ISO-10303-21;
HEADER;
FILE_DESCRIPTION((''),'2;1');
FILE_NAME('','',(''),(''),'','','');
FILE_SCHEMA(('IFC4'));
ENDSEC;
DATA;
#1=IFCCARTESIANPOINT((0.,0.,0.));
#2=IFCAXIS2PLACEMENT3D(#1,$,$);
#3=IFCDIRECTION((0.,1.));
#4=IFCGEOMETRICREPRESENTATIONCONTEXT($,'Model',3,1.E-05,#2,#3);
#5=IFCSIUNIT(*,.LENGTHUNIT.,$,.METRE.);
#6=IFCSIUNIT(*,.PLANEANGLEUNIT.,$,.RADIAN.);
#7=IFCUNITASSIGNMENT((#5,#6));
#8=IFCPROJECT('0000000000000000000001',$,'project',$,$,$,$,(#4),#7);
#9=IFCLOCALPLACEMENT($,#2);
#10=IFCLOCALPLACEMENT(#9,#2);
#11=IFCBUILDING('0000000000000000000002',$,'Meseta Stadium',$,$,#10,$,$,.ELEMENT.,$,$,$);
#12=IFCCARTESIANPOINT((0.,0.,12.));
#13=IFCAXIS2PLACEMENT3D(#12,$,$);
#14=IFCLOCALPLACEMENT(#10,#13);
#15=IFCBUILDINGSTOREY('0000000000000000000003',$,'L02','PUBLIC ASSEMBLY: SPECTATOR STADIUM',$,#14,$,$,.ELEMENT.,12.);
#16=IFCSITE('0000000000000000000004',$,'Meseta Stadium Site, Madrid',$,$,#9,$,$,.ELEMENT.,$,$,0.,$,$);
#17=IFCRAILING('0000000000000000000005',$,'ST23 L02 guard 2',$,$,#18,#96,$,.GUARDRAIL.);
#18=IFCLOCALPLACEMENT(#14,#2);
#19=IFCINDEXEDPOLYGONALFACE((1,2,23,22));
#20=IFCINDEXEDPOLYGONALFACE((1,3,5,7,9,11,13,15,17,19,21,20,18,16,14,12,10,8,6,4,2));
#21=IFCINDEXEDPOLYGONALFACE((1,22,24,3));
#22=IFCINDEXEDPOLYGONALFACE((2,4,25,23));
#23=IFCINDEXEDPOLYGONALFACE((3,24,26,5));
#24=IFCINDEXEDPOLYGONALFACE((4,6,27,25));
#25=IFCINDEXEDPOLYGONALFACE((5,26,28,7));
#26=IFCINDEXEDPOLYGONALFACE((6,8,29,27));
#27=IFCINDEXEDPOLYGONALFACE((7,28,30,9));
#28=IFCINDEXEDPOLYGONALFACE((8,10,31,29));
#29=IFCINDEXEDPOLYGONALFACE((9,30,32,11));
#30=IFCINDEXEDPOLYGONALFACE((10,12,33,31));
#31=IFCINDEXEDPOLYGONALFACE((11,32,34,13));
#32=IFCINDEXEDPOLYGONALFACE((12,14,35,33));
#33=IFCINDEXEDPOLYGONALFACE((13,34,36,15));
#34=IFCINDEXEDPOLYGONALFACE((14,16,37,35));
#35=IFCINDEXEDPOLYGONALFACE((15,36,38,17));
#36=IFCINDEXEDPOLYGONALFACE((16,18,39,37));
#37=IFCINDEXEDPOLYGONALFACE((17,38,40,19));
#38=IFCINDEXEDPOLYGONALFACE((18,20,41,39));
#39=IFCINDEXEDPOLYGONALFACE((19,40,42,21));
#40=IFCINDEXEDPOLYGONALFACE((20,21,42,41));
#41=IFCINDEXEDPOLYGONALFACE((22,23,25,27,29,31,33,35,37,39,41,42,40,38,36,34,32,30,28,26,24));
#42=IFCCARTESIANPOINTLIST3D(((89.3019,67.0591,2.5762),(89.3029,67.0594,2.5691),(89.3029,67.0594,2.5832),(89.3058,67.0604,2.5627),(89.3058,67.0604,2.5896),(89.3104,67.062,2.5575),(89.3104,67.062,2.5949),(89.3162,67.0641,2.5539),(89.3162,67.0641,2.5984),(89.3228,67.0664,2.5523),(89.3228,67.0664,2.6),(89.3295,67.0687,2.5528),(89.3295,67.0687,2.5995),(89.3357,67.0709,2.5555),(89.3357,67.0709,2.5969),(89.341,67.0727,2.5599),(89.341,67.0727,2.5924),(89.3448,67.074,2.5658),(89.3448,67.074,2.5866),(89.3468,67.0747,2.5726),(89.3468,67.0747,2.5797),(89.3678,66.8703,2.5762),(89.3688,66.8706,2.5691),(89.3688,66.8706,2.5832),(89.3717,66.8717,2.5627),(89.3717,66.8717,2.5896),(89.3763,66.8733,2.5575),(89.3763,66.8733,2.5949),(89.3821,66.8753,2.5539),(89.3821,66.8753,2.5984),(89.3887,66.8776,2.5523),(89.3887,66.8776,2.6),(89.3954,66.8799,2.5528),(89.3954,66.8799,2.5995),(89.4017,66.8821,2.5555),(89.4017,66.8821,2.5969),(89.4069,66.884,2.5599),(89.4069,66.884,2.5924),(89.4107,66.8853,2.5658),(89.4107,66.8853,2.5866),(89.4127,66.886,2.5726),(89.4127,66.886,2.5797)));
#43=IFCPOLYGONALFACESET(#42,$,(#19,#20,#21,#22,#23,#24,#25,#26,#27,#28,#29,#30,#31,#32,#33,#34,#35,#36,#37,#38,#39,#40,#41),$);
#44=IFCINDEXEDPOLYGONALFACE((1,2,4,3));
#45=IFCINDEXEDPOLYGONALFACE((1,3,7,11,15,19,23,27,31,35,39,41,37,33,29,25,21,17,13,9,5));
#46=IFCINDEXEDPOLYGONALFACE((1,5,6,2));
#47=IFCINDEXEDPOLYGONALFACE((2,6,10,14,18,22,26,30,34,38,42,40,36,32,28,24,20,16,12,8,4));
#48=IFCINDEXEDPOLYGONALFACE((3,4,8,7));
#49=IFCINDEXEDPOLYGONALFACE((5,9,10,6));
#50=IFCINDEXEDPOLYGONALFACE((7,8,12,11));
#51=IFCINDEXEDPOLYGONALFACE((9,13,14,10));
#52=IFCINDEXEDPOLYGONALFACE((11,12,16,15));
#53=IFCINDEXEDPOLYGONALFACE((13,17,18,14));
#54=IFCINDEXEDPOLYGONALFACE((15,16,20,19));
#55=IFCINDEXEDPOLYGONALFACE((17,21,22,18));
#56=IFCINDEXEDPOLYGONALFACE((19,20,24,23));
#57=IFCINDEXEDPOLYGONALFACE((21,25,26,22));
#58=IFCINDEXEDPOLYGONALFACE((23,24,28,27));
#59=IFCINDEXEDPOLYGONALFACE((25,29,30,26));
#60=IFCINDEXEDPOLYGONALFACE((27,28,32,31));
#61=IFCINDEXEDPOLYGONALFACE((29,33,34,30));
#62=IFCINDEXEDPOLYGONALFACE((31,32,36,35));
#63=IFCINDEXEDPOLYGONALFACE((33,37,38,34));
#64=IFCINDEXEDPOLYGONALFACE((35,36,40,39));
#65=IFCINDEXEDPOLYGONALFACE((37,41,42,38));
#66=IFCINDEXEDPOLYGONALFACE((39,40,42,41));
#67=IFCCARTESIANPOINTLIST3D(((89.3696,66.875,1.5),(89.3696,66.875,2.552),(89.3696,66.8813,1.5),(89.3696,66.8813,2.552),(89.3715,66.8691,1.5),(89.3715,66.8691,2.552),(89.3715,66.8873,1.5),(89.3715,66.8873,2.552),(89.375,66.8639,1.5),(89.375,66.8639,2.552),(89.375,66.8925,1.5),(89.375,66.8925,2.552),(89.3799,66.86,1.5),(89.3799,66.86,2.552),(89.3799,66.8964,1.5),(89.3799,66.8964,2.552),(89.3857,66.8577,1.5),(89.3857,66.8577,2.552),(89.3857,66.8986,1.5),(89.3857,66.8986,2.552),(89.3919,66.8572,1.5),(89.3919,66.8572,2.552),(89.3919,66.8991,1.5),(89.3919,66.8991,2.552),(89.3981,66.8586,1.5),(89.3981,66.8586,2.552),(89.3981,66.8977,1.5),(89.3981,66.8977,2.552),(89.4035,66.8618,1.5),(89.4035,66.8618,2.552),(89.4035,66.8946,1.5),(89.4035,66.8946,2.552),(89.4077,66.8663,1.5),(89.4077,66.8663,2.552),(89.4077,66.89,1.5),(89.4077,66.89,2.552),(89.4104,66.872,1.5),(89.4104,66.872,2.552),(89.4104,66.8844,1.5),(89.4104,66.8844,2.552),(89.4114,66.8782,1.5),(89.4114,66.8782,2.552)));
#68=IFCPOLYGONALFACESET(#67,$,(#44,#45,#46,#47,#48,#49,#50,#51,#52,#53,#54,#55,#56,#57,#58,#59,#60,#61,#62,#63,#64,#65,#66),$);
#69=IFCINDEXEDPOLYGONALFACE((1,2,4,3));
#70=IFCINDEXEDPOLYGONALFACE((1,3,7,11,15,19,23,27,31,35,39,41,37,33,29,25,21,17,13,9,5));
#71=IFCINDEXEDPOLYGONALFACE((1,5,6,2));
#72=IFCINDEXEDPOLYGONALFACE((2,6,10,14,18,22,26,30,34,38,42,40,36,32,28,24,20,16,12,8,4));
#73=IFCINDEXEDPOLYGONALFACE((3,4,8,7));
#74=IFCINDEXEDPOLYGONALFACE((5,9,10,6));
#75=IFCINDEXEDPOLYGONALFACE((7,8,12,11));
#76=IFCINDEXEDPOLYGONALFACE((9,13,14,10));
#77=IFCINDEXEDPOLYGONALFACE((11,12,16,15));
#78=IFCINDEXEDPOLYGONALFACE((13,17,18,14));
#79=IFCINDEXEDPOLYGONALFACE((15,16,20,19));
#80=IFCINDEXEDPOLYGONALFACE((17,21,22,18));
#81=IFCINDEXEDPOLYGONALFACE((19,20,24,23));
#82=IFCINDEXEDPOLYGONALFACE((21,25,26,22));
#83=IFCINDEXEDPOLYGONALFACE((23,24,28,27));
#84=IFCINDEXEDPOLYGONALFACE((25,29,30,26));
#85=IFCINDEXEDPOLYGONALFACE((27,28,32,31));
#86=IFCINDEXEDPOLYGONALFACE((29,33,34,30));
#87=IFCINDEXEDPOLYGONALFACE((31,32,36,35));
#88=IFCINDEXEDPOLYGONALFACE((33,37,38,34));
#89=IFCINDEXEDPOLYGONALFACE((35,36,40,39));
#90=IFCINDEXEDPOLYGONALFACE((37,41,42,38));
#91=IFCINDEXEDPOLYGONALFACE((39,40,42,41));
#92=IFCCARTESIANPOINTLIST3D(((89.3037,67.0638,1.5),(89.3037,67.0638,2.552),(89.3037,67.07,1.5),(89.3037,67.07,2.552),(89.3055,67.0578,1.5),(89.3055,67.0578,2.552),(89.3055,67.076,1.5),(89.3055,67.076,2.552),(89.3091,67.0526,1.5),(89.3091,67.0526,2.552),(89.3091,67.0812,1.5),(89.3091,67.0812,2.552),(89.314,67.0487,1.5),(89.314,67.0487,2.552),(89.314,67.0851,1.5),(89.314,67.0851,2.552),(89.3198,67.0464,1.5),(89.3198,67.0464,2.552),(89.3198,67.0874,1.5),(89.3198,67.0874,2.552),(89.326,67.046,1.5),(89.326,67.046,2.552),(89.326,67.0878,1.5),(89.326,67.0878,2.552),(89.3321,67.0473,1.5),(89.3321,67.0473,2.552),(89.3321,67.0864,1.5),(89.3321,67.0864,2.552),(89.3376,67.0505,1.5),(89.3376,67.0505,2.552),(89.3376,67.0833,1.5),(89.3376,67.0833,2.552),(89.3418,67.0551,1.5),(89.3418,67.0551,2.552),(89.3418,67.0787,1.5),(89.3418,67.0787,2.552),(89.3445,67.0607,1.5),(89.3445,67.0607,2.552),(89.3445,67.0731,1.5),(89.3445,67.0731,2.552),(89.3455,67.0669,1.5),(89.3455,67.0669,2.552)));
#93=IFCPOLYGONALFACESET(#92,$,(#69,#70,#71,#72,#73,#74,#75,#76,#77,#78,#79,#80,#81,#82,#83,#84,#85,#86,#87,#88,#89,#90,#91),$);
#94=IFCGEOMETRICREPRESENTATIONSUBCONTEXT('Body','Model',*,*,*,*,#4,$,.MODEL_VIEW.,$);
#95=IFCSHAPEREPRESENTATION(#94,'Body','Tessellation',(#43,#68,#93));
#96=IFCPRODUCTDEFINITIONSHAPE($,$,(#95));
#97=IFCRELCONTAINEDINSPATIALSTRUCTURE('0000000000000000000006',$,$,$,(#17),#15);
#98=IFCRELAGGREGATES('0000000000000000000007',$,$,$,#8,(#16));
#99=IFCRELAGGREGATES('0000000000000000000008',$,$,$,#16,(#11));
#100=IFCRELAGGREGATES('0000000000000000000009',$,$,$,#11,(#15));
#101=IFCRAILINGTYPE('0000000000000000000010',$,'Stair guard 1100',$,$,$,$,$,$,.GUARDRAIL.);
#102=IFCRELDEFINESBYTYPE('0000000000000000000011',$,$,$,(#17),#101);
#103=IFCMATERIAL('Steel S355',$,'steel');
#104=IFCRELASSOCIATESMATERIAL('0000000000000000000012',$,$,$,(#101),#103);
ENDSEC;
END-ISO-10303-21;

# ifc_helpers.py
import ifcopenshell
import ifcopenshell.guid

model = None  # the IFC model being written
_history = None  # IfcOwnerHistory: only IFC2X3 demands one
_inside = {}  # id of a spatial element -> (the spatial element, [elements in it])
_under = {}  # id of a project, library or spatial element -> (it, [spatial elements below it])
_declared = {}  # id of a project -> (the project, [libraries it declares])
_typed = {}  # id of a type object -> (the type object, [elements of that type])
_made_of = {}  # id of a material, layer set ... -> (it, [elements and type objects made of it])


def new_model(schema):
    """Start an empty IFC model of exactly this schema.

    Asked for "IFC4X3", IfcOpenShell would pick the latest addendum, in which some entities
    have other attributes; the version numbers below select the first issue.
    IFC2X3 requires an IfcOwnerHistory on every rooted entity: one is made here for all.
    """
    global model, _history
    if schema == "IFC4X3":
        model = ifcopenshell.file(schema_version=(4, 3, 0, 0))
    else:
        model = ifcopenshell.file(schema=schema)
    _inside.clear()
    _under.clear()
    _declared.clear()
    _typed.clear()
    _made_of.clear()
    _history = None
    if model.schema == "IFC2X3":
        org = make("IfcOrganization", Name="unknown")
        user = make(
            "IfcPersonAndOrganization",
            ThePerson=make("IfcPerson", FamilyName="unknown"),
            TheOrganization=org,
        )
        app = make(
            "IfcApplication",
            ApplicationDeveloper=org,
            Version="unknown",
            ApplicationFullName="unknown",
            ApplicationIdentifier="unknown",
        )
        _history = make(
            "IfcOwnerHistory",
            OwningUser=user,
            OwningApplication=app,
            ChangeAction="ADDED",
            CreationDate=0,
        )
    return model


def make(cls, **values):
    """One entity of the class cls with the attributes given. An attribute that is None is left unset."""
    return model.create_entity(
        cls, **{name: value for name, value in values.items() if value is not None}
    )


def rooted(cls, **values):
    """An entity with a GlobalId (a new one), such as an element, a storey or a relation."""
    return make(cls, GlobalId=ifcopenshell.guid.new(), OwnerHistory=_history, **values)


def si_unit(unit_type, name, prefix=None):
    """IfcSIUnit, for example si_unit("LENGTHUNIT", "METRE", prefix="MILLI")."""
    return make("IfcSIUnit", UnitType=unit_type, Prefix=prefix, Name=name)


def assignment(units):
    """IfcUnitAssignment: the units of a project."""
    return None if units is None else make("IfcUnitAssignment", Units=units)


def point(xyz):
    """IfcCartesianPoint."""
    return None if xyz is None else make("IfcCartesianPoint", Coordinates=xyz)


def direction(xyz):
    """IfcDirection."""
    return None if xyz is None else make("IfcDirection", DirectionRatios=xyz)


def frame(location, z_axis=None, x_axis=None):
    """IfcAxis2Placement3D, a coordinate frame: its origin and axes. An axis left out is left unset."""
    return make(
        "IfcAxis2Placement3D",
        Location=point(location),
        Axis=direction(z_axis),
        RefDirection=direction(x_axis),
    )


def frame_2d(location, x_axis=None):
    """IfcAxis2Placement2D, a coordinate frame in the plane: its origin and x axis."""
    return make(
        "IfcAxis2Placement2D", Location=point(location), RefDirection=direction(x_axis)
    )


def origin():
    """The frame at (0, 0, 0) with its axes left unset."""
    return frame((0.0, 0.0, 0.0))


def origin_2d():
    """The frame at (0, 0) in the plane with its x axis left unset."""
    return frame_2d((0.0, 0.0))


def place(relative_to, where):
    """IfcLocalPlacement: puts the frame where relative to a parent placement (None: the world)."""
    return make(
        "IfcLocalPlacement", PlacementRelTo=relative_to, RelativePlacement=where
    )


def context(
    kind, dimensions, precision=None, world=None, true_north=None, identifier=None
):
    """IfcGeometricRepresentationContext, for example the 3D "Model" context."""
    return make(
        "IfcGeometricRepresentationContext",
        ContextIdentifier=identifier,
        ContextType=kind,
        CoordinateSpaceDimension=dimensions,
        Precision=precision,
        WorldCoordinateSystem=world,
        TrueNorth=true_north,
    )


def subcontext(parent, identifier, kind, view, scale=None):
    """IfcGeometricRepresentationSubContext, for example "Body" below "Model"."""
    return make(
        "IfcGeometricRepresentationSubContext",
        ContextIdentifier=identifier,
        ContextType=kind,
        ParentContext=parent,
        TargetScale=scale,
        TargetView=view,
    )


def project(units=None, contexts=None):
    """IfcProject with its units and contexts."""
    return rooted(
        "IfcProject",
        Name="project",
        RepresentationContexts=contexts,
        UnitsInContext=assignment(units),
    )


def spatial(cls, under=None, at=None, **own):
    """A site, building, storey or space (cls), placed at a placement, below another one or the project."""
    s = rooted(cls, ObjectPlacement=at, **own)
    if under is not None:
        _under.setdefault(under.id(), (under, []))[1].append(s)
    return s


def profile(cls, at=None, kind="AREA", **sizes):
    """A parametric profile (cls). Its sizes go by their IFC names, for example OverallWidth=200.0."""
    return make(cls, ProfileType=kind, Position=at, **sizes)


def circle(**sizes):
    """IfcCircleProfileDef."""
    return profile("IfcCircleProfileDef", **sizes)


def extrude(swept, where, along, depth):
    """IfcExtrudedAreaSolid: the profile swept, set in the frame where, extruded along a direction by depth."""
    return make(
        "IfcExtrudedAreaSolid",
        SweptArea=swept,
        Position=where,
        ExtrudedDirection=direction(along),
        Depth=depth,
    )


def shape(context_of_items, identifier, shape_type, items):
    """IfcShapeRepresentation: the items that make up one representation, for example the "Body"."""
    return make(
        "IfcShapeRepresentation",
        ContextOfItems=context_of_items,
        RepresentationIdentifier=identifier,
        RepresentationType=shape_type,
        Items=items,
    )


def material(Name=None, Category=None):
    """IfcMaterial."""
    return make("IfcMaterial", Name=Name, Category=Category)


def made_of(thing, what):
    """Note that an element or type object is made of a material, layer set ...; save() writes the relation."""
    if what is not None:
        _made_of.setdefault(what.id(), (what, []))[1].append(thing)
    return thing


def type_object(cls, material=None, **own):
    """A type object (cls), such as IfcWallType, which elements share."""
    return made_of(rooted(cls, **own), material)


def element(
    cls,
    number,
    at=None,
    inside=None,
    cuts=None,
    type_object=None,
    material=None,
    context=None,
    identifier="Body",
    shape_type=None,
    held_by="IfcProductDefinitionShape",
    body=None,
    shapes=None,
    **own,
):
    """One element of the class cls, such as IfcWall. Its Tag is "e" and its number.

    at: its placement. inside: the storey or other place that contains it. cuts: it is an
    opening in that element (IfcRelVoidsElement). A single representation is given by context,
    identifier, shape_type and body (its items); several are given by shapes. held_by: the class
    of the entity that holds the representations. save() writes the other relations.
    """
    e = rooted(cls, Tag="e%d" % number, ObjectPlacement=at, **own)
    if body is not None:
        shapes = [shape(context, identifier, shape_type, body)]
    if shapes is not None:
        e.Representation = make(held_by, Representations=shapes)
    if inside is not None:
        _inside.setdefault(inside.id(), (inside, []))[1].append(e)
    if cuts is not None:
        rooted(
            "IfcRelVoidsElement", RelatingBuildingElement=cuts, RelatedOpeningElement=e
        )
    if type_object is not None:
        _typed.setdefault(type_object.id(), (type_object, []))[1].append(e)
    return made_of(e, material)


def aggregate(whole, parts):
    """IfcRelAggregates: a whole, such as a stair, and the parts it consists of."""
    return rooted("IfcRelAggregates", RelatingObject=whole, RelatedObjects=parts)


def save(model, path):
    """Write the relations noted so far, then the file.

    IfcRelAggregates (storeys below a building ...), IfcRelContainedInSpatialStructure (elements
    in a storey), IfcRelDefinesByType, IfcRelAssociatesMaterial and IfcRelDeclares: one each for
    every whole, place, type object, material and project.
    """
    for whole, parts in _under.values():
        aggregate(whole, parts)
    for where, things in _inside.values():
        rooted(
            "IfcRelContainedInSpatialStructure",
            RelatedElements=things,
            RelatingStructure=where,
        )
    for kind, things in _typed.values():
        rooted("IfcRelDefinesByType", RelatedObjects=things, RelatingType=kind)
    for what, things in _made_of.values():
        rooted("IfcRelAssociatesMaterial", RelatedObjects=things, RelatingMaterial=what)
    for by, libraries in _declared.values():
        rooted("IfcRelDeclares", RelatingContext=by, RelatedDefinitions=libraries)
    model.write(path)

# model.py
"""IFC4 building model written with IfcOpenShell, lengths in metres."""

from ifc_helpers import new_model, si_unit, direction, frame, origin, origin_2d, place, context, subcontext, project, spatial, circle, extrude, material, type_object, element, save


model = new_model("IFC4")

# Units and contexts
model_context = context("Model", 3, precision=1e-05, world=origin(), true_north=direction((0.0, 1.0)))
body_context = subcontext(model_context, "Body", "Model", "MODEL_VIEW")
ifc_project = project(units=[si_unit("LENGTHUNIT", "METRE"), si_unit("PLANEANGLEUNIT", "RADIAN")], contexts=[model_context])

# Site, building, storey
site_placement = place(None, origin())
site = spatial("IfcSite", under=ifc_project, at=site_placement, Name="Meseta Stadium Site, Madrid", CompositionType="ELEMENT", RefElevation=0.0)
building_placement = place(site_placement, origin())
building = spatial("IfcBuilding", under=site, at=building_placement, Name="Meseta Stadium", CompositionType="ELEMENT")
storey_placement = place(building_placement, frame((0.0, 0.0, 12.0)))
storey = spatial("IfcBuildingStorey", under=building, at=storey_placement, Name="L02", Description="PUBLIC ASSEMBLY: SPECTATOR STADIUM", CompositionType="ELEMENT", Elevation=12.0)

# Railing
ifc_material_1 = material(Name="Steel S355", Category="steel")
railing_type_1 = type_object("IfcRailingType", Name="Stair guard 1100", PredefinedType="GUARDRAIL", material=ifc_material_1)
railing_1_placement = place(storey_placement, frame((89.3904, 66.8782, 1.5)))
element("IfcRailing", 1, at=railing_1_placement, inside=storey, type_object=railing_type_1, Name="ST23 L02 guard 2", PredefinedType="GUARDRAIL", context=body_context, shape_type="SweptSolid", body=[
    extrude(circle(Radius=0.0239, at=origin_2d()), frame((0.0, 0.0, 1.0762), z_axis=(-0.329752, 0.944068, 0.0), x_axis=(-0.944068, -0.329752, 0.0)), (0.0, 0.0, 1.0), 0.2),
    extrude(circle(Radius=0.021, at=origin_2d()), origin(), (0.0, 0.0, 1.0), 1.052),
    extrude(circle(Radius=0.021, at=origin_2d()), frame((-0.0659, 0.1887, 0.0)), (0.0, 0.0, 1.0), 1.052),
])

save(model, "model.ifc")
